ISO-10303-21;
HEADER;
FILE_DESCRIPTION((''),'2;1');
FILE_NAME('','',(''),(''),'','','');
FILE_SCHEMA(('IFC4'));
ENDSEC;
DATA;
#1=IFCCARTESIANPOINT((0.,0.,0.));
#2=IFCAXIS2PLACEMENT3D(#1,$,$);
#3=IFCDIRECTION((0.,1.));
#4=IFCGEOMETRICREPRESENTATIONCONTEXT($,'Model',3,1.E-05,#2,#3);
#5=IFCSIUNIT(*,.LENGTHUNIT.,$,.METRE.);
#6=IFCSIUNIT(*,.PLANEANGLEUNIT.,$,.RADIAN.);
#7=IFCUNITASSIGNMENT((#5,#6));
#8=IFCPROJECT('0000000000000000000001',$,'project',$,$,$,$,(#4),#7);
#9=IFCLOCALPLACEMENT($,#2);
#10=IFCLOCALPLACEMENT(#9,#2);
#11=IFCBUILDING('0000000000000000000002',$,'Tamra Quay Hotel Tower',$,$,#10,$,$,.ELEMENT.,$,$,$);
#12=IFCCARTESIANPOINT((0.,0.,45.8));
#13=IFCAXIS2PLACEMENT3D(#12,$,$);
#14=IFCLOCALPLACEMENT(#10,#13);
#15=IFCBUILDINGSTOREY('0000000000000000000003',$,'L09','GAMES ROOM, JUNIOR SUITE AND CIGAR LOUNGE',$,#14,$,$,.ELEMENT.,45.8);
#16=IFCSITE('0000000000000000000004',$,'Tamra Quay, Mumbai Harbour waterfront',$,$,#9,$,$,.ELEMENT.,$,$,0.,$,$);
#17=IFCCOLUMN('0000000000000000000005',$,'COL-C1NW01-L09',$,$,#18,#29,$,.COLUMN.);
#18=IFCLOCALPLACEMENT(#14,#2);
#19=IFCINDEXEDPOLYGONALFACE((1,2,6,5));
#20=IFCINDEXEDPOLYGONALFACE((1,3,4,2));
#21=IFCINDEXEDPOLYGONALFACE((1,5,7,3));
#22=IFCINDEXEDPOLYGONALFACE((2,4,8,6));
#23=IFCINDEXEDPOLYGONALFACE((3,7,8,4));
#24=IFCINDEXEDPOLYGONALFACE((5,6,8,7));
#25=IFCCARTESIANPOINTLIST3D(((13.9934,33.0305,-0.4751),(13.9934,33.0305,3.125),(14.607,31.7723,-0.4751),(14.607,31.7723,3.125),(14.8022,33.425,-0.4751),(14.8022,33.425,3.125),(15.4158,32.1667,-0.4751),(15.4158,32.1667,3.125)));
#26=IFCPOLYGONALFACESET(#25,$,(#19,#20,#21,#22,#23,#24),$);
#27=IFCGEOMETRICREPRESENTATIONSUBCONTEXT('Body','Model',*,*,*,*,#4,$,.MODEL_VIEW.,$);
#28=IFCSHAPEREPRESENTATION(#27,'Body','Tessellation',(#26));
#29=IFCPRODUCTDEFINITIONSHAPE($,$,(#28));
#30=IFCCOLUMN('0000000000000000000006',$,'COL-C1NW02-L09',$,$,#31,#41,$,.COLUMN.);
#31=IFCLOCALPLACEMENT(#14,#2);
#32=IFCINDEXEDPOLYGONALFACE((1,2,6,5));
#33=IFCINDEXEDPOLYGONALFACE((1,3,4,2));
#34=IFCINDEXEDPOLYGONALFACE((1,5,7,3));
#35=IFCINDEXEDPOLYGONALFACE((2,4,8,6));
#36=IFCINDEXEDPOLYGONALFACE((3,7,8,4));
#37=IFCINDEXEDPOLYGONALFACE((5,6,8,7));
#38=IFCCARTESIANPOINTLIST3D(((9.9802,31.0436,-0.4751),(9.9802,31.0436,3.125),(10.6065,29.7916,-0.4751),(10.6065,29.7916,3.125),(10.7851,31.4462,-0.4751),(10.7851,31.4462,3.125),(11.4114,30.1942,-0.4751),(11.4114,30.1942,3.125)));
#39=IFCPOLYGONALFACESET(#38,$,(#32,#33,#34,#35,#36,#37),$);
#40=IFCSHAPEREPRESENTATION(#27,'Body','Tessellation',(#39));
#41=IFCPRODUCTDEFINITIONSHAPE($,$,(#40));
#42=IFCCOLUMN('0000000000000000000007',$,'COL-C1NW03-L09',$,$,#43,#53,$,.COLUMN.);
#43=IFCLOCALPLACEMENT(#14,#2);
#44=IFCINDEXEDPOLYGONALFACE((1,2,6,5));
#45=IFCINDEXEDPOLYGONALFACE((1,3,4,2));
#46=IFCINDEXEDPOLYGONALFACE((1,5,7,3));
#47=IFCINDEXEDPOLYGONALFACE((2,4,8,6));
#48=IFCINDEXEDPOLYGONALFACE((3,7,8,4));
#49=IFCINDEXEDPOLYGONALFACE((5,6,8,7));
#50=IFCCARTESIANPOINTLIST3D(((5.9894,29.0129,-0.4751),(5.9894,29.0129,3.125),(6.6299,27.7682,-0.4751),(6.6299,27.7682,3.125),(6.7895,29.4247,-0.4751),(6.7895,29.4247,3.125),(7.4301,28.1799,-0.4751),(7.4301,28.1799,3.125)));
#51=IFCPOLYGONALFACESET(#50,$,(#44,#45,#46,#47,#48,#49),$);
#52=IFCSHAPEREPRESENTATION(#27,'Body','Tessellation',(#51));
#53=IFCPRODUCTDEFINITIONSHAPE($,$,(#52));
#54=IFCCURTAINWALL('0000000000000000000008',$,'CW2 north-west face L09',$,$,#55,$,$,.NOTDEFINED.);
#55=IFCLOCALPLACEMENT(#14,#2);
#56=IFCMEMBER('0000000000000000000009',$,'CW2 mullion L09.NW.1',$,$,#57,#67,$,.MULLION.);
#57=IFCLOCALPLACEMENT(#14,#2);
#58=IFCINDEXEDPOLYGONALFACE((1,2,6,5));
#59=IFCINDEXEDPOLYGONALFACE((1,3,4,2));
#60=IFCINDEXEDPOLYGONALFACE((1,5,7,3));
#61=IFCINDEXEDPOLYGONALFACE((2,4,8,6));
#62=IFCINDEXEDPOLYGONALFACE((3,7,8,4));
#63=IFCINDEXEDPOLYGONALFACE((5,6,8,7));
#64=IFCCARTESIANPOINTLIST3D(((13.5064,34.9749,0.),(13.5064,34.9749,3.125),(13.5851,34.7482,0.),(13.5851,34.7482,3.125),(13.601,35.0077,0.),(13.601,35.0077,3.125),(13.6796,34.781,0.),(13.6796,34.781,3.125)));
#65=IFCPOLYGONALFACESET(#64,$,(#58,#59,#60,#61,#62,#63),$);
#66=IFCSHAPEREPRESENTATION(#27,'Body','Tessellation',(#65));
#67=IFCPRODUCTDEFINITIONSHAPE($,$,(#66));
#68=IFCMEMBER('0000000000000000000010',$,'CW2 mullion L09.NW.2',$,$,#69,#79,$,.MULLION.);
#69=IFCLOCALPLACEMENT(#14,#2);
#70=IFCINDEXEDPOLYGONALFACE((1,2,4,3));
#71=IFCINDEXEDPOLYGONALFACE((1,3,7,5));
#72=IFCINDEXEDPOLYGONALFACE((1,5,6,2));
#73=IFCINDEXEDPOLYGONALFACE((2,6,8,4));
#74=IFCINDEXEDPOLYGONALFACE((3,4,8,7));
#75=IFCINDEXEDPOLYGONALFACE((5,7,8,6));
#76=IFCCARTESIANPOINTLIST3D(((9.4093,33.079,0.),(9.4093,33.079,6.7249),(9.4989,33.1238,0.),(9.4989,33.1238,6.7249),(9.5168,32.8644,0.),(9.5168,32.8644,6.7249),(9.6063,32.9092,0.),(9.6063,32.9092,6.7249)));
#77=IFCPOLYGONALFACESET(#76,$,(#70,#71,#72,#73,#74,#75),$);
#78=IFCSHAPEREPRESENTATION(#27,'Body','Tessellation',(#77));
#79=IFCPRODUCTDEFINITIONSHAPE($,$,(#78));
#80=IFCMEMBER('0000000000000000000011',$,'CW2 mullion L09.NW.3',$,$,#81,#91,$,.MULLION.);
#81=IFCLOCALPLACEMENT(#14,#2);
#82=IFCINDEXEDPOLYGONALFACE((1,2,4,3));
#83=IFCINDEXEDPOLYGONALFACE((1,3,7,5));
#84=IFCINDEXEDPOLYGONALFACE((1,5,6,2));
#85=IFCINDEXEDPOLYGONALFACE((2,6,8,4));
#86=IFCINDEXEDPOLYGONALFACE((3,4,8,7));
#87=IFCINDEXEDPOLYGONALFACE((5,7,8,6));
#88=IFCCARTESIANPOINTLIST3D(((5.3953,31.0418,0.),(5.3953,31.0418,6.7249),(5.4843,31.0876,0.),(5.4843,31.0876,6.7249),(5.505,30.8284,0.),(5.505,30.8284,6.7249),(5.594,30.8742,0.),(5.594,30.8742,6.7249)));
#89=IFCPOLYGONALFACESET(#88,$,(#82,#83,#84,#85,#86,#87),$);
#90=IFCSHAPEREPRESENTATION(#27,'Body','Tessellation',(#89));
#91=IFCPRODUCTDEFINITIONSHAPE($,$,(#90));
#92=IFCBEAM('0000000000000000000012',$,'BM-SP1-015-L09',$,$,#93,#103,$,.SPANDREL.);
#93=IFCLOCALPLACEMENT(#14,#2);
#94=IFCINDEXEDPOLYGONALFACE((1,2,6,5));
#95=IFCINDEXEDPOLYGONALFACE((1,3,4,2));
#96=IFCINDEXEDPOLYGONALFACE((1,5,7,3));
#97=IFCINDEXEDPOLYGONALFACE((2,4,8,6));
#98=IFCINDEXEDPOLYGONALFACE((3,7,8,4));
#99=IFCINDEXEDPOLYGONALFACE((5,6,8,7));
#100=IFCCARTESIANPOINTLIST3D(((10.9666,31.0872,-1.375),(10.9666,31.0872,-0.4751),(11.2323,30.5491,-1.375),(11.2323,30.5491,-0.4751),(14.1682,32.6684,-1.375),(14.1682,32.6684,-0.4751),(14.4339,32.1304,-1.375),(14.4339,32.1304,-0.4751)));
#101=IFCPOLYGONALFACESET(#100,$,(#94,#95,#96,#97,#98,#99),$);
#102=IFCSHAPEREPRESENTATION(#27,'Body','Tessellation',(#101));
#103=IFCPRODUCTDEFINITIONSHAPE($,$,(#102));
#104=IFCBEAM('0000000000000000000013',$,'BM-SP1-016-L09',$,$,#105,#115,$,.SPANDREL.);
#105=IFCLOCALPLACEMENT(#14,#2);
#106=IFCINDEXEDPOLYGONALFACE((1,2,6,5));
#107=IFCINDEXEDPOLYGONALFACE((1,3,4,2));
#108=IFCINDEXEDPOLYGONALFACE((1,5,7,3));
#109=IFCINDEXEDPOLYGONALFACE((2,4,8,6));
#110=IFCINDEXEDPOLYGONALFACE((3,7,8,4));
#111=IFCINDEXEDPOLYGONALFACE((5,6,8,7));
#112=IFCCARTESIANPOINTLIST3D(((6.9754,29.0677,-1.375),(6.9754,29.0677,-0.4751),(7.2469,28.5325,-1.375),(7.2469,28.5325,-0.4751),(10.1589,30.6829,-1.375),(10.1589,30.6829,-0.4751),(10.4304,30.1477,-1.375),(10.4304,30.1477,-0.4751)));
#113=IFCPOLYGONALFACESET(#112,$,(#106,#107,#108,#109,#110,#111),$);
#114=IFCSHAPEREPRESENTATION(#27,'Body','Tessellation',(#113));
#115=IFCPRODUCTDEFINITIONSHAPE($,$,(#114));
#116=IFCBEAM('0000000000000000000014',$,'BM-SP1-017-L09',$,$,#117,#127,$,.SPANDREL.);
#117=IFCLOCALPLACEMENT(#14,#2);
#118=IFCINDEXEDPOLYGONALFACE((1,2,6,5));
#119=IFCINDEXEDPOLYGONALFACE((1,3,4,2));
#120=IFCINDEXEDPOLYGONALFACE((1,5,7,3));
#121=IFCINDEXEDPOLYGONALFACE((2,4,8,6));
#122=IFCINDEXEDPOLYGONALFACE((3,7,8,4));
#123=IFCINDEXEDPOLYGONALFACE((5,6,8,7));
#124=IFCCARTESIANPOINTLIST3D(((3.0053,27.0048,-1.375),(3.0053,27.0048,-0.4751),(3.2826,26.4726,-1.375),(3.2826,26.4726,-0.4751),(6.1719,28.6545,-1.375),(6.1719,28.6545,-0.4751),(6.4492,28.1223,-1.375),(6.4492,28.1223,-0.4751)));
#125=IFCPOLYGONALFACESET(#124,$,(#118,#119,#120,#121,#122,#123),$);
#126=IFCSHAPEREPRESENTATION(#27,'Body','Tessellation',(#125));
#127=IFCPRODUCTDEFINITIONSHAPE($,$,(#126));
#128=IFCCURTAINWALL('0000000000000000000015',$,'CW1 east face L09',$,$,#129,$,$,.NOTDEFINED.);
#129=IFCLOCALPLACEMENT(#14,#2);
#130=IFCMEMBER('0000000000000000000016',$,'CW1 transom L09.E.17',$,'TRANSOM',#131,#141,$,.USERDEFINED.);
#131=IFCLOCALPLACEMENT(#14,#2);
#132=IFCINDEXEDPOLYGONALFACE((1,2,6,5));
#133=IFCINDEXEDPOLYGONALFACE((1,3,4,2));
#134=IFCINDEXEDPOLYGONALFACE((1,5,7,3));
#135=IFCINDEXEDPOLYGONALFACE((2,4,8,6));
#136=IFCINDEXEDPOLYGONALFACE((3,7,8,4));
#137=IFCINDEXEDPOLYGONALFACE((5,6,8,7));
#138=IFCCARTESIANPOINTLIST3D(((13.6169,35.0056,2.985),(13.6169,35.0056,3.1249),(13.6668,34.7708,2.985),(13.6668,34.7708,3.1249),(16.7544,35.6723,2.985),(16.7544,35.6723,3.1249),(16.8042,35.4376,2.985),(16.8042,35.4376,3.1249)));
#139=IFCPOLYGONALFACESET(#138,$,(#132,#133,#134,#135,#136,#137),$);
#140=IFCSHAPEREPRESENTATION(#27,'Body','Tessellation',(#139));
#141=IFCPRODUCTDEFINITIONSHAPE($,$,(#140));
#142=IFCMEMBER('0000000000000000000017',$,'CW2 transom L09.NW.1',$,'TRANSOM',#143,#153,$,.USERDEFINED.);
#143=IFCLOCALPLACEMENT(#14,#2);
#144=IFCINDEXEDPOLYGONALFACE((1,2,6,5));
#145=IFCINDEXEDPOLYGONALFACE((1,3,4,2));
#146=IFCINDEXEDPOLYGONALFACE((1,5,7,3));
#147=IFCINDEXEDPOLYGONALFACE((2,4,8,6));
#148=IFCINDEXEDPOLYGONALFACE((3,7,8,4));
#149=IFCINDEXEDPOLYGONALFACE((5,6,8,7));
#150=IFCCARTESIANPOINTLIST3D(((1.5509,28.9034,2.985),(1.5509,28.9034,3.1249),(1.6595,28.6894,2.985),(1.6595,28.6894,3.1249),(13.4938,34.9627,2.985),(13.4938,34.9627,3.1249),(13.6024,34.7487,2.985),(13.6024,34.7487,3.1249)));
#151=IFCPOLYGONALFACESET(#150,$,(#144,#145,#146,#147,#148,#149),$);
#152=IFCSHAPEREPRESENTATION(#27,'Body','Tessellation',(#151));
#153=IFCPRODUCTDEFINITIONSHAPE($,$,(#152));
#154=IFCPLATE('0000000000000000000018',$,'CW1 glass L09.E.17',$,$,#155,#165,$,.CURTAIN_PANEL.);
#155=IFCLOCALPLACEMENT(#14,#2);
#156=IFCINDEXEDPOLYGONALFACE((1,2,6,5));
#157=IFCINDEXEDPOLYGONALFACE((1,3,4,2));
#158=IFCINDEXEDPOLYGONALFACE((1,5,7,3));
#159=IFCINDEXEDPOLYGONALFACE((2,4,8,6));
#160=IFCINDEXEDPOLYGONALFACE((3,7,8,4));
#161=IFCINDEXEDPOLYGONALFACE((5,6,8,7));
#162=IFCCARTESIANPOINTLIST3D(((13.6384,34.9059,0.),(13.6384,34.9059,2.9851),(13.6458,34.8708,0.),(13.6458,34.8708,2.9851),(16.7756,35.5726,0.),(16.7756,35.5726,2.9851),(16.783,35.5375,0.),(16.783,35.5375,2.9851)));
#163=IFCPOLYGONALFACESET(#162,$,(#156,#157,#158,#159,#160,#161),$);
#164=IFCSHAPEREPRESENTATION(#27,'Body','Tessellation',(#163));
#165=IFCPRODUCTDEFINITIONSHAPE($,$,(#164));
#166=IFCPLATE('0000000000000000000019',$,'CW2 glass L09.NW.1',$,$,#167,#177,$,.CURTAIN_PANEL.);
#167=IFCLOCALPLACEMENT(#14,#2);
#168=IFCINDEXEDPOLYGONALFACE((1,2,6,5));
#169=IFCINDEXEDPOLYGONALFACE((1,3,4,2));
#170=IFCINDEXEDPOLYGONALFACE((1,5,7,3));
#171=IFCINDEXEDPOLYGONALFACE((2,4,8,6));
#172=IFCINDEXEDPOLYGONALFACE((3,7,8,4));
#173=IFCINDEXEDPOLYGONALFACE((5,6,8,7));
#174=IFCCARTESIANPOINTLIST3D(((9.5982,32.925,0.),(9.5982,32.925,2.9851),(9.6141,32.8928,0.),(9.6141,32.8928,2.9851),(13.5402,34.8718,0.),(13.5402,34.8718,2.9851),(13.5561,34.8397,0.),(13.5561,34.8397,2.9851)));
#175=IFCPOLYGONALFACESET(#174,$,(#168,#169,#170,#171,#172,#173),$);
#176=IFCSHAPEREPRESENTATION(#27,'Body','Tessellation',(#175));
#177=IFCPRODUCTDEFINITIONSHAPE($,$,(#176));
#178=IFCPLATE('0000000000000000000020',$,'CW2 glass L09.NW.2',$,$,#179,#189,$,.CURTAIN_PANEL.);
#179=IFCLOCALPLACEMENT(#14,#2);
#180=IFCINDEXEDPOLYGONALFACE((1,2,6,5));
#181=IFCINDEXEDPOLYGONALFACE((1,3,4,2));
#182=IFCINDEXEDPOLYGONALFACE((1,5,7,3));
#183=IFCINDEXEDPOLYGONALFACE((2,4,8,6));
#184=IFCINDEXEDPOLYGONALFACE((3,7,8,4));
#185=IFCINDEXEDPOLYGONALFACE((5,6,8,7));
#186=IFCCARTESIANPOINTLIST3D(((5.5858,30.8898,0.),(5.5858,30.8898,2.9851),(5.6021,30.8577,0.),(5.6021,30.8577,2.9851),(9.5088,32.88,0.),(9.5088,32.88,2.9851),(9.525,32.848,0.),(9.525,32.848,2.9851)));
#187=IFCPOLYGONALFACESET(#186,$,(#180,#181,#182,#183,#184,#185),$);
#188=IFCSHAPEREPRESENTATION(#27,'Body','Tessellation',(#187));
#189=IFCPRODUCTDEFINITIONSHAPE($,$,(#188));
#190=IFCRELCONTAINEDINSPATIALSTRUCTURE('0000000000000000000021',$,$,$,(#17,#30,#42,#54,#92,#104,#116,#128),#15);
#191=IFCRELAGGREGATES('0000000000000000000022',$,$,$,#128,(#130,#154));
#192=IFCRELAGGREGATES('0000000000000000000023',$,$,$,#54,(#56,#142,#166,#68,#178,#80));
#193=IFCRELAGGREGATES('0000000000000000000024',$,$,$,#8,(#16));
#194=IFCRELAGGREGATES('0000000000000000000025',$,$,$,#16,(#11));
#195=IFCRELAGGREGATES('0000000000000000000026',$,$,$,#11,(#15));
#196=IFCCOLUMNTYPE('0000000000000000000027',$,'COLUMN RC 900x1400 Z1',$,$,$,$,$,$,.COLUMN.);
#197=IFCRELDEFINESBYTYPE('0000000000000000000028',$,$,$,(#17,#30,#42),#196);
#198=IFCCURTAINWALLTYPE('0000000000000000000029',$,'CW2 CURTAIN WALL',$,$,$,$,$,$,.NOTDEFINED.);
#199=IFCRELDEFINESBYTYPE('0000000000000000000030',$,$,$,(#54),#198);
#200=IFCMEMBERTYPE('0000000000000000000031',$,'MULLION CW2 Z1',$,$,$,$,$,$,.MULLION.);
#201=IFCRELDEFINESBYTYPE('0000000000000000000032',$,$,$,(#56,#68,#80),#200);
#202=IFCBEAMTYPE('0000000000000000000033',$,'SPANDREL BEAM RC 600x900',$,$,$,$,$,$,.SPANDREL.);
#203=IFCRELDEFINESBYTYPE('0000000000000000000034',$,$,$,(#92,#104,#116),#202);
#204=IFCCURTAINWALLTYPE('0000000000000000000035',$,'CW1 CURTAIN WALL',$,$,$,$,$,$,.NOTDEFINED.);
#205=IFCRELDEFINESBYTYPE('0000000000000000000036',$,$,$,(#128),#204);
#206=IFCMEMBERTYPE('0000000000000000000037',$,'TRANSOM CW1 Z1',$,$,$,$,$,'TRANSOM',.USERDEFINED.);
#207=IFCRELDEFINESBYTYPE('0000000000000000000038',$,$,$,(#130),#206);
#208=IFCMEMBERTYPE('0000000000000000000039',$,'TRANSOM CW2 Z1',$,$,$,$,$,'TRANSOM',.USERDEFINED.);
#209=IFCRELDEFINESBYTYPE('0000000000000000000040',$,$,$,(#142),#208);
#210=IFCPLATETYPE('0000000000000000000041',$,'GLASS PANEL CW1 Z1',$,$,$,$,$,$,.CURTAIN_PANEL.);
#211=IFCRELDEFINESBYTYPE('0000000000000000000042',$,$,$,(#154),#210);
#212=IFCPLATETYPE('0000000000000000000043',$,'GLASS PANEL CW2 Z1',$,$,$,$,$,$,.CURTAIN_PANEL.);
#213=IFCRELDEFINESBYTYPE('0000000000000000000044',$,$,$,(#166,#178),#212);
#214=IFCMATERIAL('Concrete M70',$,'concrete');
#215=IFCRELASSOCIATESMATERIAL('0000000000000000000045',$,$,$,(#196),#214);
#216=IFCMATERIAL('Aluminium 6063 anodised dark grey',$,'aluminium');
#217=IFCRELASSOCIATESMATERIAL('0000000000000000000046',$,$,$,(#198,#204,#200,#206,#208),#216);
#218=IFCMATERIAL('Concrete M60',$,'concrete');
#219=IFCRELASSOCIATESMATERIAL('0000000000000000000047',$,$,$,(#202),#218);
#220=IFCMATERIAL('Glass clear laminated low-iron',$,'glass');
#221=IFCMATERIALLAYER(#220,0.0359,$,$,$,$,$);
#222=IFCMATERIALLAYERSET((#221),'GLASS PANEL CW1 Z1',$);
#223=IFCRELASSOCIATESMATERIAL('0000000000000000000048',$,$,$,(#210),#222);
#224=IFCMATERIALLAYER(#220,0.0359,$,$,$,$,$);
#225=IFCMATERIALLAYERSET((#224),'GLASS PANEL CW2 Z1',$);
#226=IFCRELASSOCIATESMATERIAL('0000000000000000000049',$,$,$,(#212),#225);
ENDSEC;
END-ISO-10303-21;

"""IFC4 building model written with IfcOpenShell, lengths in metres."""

from ifc_helpers import new_model, si_unit, direction, frame, origin, origin_2d, place, context, subcontext, project, spatial, rectangle, extrude, material, layer, layer_set, material_profile, profile_set, type_object, element, aggregate, save


model = new_model("IFC4")

# Units and contexts
model_context = context("Model", 3, precision=1e-05, world=origin(), true_north=direction((0.0, 1.0)))
body_context = subcontext(model_context, "Body", "Model", "MODEL_VIEW")
ifc_project = project(units=[si_unit("LENGTHUNIT", "METRE"), si_unit("PLANEANGLEUNIT", "RADIAN")], contexts=[model_context])

# Site, building, storey
site_placement = place(None, origin())
site = spatial("IfcSite", under=ifc_project, at=site_placement, Name="Tamra Quay, Mumbai Harbour waterfront", CompositionType="ELEMENT", RefElevation=0.0)
building_placement = place(site_placement, origin())
building = spatial("IfcBuilding", under=site, at=building_placement, Name="Tamra Quay Hotel Tower", CompositionType="ELEMENT")
storey_placement = place(building_placement, frame((0.0, 0.0, 45.8)))
storey = spatial("IfcBuildingStorey", under=building, at=storey_placement, Name="L09", Description="GAMES ROOM, JUNIOR SUITE AND CIGAR LOUNGE", CompositionType="ELEMENT", Elevation=45.8)

# Columns
ifc_material_1 = material(Name="Concrete M70", Category="concrete")
ifc_material_profile_1 = material_profile(ifc_material_1, rectangle(XDim=1.3999, YDim=0.8999, at=origin_2d()), Name="COLUMN RC 900x1400 Z1")
ifc_profile_set_1 = profile_set([ifc_material_profile_1], Name="Concrete M70")
column_type = type_object("IfcColumnType", Name="COLUMN RC 900x1400 Z1", PredefinedType="COLUMN", material=ifc_profile_set_1)
for number, where, z_axis, x_axis, name in (
    (1, (14.7046, 32.5986, -0.4751), (0.0, 0.0, 1.0), (-0.438341, 0.898809, 0.0), "COL-C1NW01-L09"),
    (2, (10.6958, 30.6189, -0.4751), (0.0, 0.0, 1.0), (-0.447377, 0.894346, 0.0), "COL-C1NW02-L09"),
    (3, (6.7097, 28.5964, -0.4751), (0.0, 0.0, 1.0), (-0.457548, 0.889185, 0.0), "COL-C1NW03-L09"),
):
    element("IfcColumn", number, at=place(storey_placement, frame(where, z_axis=z_axis, x_axis=x_axis)), inside=storey, type_object=column_type, Name=name, PredefinedType="COLUMN", context=body_context, shape_type="SweptSolid", body=[
        extrude(rectangle(XDim=1.3999, YDim=0.8999, at=origin_2d()), origin(), (0.0, 0.0, 1.0), 3.6001),
    ])

# Curtain wall, members
ifc_material_2 = material(Name="Aluminium 6063 anodised dark grey", Category="aluminium")
curtain_wall_type_1 = type_object("IfcCurtainWallType", Name="CW2 CURTAIN WALL", PredefinedType="NOTDEFINED", material=ifc_material_2)
curtain_wall_1_placement = place(storey_placement, origin())
curtain_wall_1 = element("IfcCurtainWall", 4, at=curtain_wall_1_placement, inside=storey, type_object=curtain_wall_type_1, Name="CW2 north-west face L09", PredefinedType="NOTDEFINED")
ifc_material_profile_2 = material_profile(ifc_material_2, rectangle(XDim=0.24, YDim=0.1001, at=origin_2d()), Name="MULLION 100X240")
ifc_profile_set_2 = profile_set([ifc_material_profile_2], Name="Aluminium 6063 anodised dark grey")
member_type_1 = type_object("IfcMemberType", Name="MULLION CW2 Z1", PredefinedType="MULLION", material=ifc_profile_set_2)
member_1_placement = place(storey_placement, frame((13.593, 34.8779, 0.0), z_axis=(0.0, 0.0, 1.0), x_axis=(-0.327898, 0.944713, 0.0)))
member_1 = element("IfcMember", 5, at=member_1_placement, type_object=member_type_1, Name="CW2 mullion L09.NW.1", PredefinedType="MULLION", context=body_context, shape_type="SweptSolid", body=[
    extrude(rectangle(XDim=0.24, YDim=0.1001, at=origin_2d()), origin(), (0.0, 0.0, 1.0), 3.125),
])
member_2_placement = place(storey_placement, frame((9.5078, 32.9941, 0.0), z_axis=(0.0, 0.0, 1.0), x_axis=(-0.447641, 0.894213, 0.0)))
member_2 = element("IfcMember", 6, at=member_2_placement, type_object=member_type_1, Name="CW2 mullion L09.NW.2", PredefinedType="MULLION", context=body_context, shape_type="SweptSolid", body=[
    extrude(rectangle(XDim=0.24, YDim=0.1001, at=origin_2d()), origin(), (0.0, 0.0, 1.0), 6.7249),
])
member_3_placement = place(storey_placement, frame((5.4946, 30.958, 0.0), z_axis=(0.0, 0.0, 1.0), x_axis=(-0.457254, 0.889336, 0.0)))
member_3 = element("IfcMember", 7, at=member_3_placement, type_object=member_type_1, Name="CW2 mullion L09.NW.3", PredefinedType="MULLION", context=body_context, shape_type="SweptSolid", body=[
    extrude(rectangle(XDim=0.24, YDim=0.1001, at=origin_2d()), origin(), (0.0, 0.0, 1.0), 6.7249),
])

# Beams
ifc_material_3 = material(Name="Concrete M60", Category="concrete")
ifc_material_profile_3 = material_profile(ifc_material_3, rectangle(XDim=0.6001, YDim=0.8999, at=origin_2d()), Name="SPANDREL BEAM RC 600x900")
ifc_profile_set_3 = profile_set([ifc_material_profile_3], Name="Concrete M60")
beam_type = type_object("IfcBeamType", Name="SPANDREL BEAM RC 600x900", PredefinedType="SPANDREL", material=ifc_profile_set_3)
beam_1_placement = place(storey_placement, frame((14.301, 32.3994, -0.925), z_axis=(-0.896604, -0.442833, 0.0), x_axis=(0.442833, -0.896604, 0.0)))
element("IfcBeam", 8, at=beam_1_placement, inside=storey, type_object=beam_type, Name="BM-SP1-015-L09", PredefinedType="SPANDREL", context=body_context, shape_type="SweptSolid", body=[
    extrude(rectangle(XDim=0.6001, YDim=0.8999, at=origin_2d()), origin(), (0.0, 0.0, 1.0), 3.5708),
])
beam_2_placement = place(storey_placement, frame((10.2947, 30.4153, -0.925), z_axis=(-0.891786, -0.452458, 0.0), x_axis=(0.452458, -0.891786, 0.0)))
element("IfcBeam", 9, at=beam_2_placement, inside=storey, type_object=beam_type, Name="BM-SP1-016-L09", PredefinedType="SPANDREL", context=body_context, shape_type="SweptSolid", body=[
    extrude(rectangle(XDim=0.6001, YDim=0.8999, at=origin_2d()), origin(), (0.0, 0.0, 1.0), 3.5698),
])
beam_3_placement = place(storey_placement, frame((6.3105, 28.3884, -0.925), z_axis=(-0.886864, -0.462031, 0.0), x_axis=(0.462031, -0.886864, 0.0)))
element("IfcBeam", 10, at=beam_3_placement, inside=storey, type_object=beam_type, Name="BM-SP1-017-L09", PredefinedType="SPANDREL", context=body_context, shape_type="SweptSolid", body=[
    extrude(rectangle(XDim=0.6001, YDim=0.8999, at=origin_2d()), origin(), (0.0, 0.0, 1.0), 3.5706),
])

# Curtain wall, member
curtain_wall_type_2 = type_object("IfcCurtainWallType", Name="CW1 CURTAIN WALL", PredefinedType="NOTDEFINED", material=ifc_material_2)
curtain_wall_2_placement = place(storey_placement, origin())
curtain_wall_2 = element("IfcCurtainWall", 11, at=curtain_wall_2_placement, inside=storey, type_object=curtain_wall_type_2, Name="CW1 east face L09", PredefinedType="NOTDEFINED")
ifc_material_profile_4 = material_profile(ifc_material_2, rectangle(XDim=0.24, YDim=0.1399, at=origin_2d()), Name="TRANSOM 240X140")
ifc_profile_set_4 = profile_set([ifc_material_profile_4], Name="Aluminium 6063 anodised dark grey")
member_type_2 = type_object("IfcMemberType", Name="TRANSOM CW1 Z1", ElementType="TRANSOM", PredefinedType="USERDEFINED", material=ifc_profile_set_4)
member_4_placement = place(storey_placement, frame((16.7793, 35.5549, 3.0549), z_axis=(-0.978156, -0.207871, 0.0), x_axis=(0.207871, -0.978156, 0.0)))
member_4 = element("IfcMember", 12, at=member_4_placement, type_object=member_type_2, Name="CW1 transom L09.E.17", ObjectType="TRANSOM", PredefinedType="USERDEFINED", context=body_context, shape_type="SweptSolid", body=[
    extrude(rectangle(XDim=0.24, YDim=0.1399, at=origin_2d()), origin(), (0.0, 0.0, 1.0), 3.2075),
])

# Member
ifc_material_profile_5 = material_profile(ifc_material_2, rectangle(XDim=0.24, YDim=0.1399, at=origin_2d()), Name="TRANSOM 240X140")
ifc_profile_set_5 = profile_set([ifc_material_profile_5], Name="Aluminium 6063 anodised dark grey")
member_type_3 = type_object("IfcMemberType", Name="TRANSOM CW2 Z1", ElementType="TRANSOM", PredefinedType="USERDEFINED", material=ifc_profile_set_5)
member_5_placement = place(storey_placement, frame((13.5481, 34.8557, 3.0549), z_axis=(-0.891787, -0.452456, 0.0), x_axis=(0.452456, -0.891787, 0.0)))
member_5 = element("IfcMember", 13, at=member_5_placement, type_object=member_type_3, Name="CW2 transom L09.NW.1", ObjectType="TRANSOM", PredefinedType="USERDEFINED", context=body_context, shape_type="SweptSolid", body=[
    extrude(rectangle(XDim=0.24, YDim=0.1399, at=origin_2d()), origin(), (0.0, 0.0, 1.0), 13.3921),
])

# Plates
ifc_material_4 = material(Name="Glass clear laminated low-iron", Category="glass")
ifc_layer_1 = layer(ifc_material_4, 0.0359)
ifc_layer_set_1 = layer_set([ifc_layer_1], Name="GLASS PANEL CW1 Z1")
plate_type_1 = type_object("IfcPlateType", Name="GLASS PANEL CW1 Z1", PredefinedType="CURTAIN_PANEL", material=ifc_layer_set_1)
plate_1_placement = place(storey_placement, frame((15.2107, 35.2217, 0.0), z_axis=(0.0, 0.0, 1.0), x_axis=(-0.978153, -0.207887, 0.0)))
plate_1 = element("IfcPlate", 14, at=plate_1_placement, type_object=plate_type_1, Name="CW1 glass L09.E.17", PredefinedType="CURTAIN_PANEL", context=body_context, shape_type="SweptSolid", body=[
    extrude(rectangle(XDim=3.2073, YDim=0.0359, at=origin_2d()), origin(), (0.0, 0.0, 1.0), 2.9851),
])
aggregate(curtain_wall_2, [member_4, plate_1])
ifc_layer_2 = layer(ifc_material_4, 0.0359)
ifc_layer_set_2 = layer_set([ifc_layer_2], Name="GLASS PANEL CW2 Z1")
plate_type_2 = type_object("IfcPlateType", Name="GLASS PANEL CW2 Z1", PredefinedType="CURTAIN_PANEL", material=ifc_layer_set_2)
plate_2_placement = place(storey_placement, frame((11.5771, 33.8823, 0.0), z_axis=(0.0, 0.0, 1.0), x_axis=(-0.896611, -0.442819, 0.0)))
plate_2 = element("IfcPlate", 15, at=plate_2_placement, type_object=plate_type_2, Name="CW2 glass L09.NW.1", PredefinedType="CURTAIN_PANEL", context=body_context, shape_type="SweptSolid", body=[
    extrude(rectangle(XDim=4.3965, YDim=0.0359, at=origin_2d()), origin(), (0.0, 0.0, 1.0), 2.9851),
])
plate_3_placement = place(storey_placement, frame((7.5554, 31.8689, 0.0), z_axis=(0.0, 0.0, 1.0), x_axis=(-0.89179, -0.45245, 0.0)))
plate_3 = element("IfcPlate", 16, at=plate_3_placement, type_object=plate_type_2, Name="CW2 glass L09.NW.2", PredefinedType="CURTAIN_PANEL", context=body_context, shape_type="SweptSolid", body=[
    extrude(rectangle(XDim=4.3989, YDim=0.0359, at=origin_2d()), origin(), (0.0, 0.0, 1.0), 2.9851),
])
aggregate(curtain_wall_1, [member_1, member_5, plate_2, member_2, plate_3, member_3])

save(model, "model.ifc")
